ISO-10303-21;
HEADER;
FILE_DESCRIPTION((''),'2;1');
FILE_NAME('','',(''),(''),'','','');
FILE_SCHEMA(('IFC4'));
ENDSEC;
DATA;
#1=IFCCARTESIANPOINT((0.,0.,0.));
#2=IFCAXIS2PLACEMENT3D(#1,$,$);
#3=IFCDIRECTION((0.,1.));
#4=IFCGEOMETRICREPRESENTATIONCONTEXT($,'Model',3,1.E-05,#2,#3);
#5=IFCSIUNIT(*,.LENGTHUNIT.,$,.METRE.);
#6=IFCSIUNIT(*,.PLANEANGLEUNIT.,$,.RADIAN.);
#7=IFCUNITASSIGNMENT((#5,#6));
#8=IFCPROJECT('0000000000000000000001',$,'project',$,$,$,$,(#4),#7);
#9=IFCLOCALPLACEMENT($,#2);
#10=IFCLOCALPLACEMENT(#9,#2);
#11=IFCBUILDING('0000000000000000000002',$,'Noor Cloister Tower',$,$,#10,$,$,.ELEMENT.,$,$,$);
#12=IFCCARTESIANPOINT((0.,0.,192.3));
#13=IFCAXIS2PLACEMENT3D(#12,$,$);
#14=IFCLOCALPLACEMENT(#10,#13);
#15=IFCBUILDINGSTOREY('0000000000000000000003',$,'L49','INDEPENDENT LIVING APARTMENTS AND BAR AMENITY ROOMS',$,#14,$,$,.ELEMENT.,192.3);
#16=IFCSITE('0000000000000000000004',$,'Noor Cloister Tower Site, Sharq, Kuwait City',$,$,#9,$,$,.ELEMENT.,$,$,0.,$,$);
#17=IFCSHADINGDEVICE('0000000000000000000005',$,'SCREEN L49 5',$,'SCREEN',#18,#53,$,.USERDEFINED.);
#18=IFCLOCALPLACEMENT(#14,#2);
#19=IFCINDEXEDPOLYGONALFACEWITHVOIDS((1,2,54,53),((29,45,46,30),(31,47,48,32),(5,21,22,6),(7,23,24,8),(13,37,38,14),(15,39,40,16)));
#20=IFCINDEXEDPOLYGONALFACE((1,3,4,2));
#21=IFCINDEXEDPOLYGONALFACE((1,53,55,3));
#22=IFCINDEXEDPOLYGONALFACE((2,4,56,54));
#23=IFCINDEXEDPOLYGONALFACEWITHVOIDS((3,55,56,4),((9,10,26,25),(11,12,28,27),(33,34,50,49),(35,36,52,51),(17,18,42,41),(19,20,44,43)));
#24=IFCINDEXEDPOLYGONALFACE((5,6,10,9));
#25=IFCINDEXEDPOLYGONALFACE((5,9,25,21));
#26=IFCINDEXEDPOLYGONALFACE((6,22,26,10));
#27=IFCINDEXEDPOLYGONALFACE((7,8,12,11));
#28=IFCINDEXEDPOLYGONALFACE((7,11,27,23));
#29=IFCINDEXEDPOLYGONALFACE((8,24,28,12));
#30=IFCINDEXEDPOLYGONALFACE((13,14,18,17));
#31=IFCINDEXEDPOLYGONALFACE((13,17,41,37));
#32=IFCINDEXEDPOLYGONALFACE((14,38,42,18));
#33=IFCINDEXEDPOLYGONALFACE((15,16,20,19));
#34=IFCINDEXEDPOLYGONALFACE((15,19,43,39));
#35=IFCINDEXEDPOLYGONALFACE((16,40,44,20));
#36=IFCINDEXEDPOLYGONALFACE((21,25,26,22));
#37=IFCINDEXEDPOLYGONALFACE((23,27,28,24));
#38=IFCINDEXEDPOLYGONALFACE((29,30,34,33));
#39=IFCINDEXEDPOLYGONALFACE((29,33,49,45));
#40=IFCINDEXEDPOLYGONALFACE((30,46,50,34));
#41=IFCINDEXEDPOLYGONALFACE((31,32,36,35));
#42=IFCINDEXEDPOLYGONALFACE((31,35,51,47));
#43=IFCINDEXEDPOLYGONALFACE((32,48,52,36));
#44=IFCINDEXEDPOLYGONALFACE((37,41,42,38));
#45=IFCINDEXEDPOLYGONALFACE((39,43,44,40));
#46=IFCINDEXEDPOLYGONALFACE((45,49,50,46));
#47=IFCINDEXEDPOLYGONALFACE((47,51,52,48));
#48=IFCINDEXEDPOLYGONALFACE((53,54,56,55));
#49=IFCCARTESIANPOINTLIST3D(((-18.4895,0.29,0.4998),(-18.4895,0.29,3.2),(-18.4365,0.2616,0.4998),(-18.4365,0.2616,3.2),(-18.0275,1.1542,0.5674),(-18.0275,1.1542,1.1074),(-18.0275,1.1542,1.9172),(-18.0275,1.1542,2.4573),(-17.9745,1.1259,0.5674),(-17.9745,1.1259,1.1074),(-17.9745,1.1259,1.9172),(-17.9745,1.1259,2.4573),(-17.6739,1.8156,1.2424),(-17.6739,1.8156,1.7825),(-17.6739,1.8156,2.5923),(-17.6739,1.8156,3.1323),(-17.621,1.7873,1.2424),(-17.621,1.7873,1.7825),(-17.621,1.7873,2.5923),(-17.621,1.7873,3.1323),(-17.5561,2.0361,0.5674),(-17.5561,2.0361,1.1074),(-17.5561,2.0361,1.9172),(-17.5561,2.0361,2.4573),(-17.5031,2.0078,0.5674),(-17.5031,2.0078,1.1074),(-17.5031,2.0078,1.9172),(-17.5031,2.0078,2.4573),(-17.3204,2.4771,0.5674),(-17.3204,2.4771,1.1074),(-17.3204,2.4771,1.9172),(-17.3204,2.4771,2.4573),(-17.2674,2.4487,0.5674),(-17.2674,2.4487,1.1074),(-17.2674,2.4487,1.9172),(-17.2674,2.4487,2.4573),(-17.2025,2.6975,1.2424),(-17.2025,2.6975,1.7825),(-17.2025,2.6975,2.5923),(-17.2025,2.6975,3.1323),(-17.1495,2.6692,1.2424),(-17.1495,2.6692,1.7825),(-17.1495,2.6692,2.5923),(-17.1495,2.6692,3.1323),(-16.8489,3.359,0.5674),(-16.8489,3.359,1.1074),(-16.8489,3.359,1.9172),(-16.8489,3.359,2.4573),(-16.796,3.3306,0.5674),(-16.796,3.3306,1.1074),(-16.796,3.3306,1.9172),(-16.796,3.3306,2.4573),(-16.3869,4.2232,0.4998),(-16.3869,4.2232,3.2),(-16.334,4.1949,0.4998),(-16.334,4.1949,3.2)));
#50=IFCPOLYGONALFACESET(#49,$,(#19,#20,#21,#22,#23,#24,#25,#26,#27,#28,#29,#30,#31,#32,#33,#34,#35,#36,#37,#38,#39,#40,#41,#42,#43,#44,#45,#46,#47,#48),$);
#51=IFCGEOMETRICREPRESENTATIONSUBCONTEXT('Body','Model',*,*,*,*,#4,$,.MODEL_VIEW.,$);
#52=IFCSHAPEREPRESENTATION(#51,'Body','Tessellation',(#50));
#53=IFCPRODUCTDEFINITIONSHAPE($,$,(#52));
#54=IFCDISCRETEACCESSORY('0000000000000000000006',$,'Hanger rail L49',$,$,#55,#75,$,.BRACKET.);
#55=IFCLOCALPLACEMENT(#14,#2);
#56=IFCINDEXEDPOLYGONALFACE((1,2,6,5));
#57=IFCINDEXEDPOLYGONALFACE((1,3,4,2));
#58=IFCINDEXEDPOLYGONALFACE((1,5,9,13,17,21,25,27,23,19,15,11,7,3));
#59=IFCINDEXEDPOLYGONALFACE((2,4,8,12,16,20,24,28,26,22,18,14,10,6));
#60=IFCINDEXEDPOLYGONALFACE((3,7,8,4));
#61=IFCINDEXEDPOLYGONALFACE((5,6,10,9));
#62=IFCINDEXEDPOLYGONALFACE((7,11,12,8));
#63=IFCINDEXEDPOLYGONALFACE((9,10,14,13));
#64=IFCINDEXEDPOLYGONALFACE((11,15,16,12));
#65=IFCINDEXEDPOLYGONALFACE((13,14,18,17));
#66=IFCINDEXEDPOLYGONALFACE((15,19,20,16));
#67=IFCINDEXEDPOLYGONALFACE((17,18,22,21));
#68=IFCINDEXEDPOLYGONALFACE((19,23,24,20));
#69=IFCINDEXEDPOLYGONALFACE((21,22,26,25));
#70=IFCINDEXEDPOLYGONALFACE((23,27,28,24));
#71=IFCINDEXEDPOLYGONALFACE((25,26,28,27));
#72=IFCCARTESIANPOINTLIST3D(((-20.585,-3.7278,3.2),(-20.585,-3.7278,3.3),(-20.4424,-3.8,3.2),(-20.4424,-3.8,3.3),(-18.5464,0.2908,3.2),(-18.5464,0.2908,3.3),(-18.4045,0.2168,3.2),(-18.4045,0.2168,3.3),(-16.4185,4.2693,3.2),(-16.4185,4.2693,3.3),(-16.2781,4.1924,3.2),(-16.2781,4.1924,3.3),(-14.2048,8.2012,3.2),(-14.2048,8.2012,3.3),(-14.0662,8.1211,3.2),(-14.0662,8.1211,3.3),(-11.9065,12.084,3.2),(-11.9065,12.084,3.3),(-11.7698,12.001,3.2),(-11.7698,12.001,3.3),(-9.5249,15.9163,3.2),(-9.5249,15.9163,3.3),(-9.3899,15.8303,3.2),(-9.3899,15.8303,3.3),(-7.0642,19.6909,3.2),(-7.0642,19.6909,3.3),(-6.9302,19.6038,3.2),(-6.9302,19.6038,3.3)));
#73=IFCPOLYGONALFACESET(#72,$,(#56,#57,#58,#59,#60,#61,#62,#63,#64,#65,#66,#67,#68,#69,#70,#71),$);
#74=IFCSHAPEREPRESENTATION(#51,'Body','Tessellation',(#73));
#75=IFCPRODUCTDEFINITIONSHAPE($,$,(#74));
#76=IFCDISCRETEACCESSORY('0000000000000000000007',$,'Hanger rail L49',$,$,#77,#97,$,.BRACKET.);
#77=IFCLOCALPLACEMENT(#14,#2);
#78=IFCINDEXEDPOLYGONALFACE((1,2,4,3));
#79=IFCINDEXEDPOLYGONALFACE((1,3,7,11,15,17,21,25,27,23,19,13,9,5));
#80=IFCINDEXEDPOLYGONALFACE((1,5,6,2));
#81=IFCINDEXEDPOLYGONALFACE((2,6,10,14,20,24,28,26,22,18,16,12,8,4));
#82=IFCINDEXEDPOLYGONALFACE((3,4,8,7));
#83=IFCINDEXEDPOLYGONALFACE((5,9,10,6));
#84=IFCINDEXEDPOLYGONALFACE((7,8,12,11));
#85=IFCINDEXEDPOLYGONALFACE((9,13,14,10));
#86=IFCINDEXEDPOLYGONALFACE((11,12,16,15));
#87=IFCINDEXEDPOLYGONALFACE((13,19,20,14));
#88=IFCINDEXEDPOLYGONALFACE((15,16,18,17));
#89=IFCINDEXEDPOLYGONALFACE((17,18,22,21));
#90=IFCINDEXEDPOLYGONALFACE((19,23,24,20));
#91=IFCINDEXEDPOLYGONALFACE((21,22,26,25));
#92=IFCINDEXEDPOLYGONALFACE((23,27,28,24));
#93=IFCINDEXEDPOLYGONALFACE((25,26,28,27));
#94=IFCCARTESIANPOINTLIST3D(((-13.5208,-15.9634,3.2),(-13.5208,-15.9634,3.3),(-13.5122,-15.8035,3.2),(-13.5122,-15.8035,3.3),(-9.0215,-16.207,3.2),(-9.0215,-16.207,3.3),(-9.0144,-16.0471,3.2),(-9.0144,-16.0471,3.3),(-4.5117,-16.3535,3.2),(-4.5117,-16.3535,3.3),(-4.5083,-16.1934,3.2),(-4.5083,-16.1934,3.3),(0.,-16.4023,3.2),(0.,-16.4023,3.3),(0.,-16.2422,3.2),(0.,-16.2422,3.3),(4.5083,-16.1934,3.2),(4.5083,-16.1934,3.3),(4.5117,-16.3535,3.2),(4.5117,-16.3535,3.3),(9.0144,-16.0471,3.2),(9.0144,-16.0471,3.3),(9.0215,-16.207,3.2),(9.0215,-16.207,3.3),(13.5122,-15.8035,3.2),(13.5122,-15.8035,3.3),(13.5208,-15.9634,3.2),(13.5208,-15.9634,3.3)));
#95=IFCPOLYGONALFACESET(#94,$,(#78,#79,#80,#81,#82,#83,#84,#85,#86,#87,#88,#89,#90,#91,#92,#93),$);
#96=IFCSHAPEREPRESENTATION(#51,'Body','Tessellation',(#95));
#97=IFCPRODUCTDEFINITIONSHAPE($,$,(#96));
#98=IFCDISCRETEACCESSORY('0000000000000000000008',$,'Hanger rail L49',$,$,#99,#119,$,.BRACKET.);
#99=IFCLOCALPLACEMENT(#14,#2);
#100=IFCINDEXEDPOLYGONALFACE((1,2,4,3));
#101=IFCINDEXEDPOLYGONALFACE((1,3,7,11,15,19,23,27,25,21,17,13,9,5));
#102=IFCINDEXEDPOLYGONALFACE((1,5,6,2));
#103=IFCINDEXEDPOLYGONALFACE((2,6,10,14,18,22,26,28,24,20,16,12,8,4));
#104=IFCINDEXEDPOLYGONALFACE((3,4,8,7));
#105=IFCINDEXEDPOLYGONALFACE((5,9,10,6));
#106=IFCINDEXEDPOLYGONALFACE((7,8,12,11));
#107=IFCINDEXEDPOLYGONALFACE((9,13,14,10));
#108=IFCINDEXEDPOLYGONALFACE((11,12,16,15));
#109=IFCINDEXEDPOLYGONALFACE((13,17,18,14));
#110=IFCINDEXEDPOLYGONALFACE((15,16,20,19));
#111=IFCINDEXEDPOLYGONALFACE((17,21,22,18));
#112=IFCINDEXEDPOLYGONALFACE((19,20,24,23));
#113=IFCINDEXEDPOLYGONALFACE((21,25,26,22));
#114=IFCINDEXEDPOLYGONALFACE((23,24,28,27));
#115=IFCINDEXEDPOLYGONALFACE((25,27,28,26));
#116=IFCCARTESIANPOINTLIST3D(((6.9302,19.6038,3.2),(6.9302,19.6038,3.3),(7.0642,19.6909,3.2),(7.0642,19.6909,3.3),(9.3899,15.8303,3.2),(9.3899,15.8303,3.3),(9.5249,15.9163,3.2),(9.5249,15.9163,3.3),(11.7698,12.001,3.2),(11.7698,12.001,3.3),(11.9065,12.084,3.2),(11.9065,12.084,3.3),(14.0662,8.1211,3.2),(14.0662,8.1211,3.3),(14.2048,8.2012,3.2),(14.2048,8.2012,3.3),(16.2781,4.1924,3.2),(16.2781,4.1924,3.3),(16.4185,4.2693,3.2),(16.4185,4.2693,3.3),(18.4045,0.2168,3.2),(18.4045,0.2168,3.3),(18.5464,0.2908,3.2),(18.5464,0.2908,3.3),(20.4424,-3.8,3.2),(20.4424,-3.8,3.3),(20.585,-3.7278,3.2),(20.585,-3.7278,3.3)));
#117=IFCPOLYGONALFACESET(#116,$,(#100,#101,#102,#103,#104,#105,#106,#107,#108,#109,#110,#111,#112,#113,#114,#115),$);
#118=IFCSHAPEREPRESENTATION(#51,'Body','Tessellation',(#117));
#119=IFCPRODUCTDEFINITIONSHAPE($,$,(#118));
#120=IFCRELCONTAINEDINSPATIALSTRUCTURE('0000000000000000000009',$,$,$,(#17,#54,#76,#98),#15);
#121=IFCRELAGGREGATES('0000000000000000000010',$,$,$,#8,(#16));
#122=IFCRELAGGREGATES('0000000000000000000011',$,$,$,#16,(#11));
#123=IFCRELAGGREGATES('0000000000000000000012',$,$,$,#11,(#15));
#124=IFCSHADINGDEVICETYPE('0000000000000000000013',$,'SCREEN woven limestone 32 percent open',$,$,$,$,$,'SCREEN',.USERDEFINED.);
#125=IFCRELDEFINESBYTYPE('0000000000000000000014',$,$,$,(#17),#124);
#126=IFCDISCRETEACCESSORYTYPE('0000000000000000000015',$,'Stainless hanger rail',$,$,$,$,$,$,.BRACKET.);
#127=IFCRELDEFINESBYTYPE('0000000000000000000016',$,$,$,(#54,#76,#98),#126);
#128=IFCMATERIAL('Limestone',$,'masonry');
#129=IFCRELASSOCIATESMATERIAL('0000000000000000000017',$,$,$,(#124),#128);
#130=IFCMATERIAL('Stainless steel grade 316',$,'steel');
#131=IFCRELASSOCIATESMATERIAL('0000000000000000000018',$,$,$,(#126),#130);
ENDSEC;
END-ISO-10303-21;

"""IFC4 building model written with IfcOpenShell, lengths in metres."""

from ifc_helpers import new_model, si_unit, direction, frame, origin, place, context, subcontext, project, spatial, polyline, outline, extrude, material, material_profile, profile_set, type_object, element, save


model = new_model("IFC4")

# Units and contexts
model_context = context("Model", 3, precision=1e-05, world=origin(), true_north=direction((0.0, 1.0)))
body_context = subcontext(model_context, "Body", "Model", "MODEL_VIEW")
ifc_project = project(units=[si_unit("LENGTHUNIT", "METRE"), si_unit("PLANEANGLEUNIT", "RADIAN")], contexts=[model_context])

# Site, building, storey
site_placement = place(None, origin())
site = spatial("IfcSite", under=ifc_project, at=site_placement, Name="Noor Cloister Tower Site, Sharq, Kuwait City", CompositionType="ELEMENT", RefElevation=0.0)
building_placement = place(site_placement, origin())
building = spatial("IfcBuilding", under=site, at=building_placement, Name="Noor Cloister Tower", CompositionType="ELEMENT")
storey_placement = place(building_placement, frame((0.0, 0.0, 192.3)))
storey = spatial("IfcBuildingStorey", under=building, at=storey_placement, Name="L49", Description="INDEPENDENT LIVING APARTMENTS AND BAR AMENITY ROOMS", CompositionType="ELEMENT", Elevation=192.3)

# Shading device
ifc_material_1 = material(Name="Limestone", Category="masonry")
ifc_material_profile_1 = material_profile(ifc_material_1, outline(polyline([(-2.23, -1.3501), (2.23, -1.3501), (2.23, 1.3501), (-2.23, 1.3501), (-2.23, -1.3501)]), holes=[polyline([(-1.25, -1.2825), (-0.25, -1.2825), (-0.25, -0.7424), (-1.25, -0.7424), (-1.25, -1.2825)]), polyline([(0.25, -1.2825), (1.25, -1.2825), (1.25, -0.7424), (0.25, -0.7424), (0.25, -1.2825)]), polyline([(-0.5, -0.6074), (0.5, -0.6074), (0.5, -0.0674), (-0.5, -0.0674), (-0.5, -0.6074)]), polyline([(-1.25, 0.0674), (-0.25, 0.0674), (-0.25, 0.6074), (-1.25, 0.6074), (-1.25, 0.0674)]), polyline([(0.25, 0.0674), (1.25, 0.0674), (1.25, 0.6074), (0.25, 0.6074), (0.25, 0.0674)]), polyline([(-0.5, 0.7424), (0.5, 0.7424), (0.5, 1.2825), (-0.5, 1.2825), (-0.5, 0.7424)])]), Name="Woven screen 32 percent open")
ifc_profile_set_1 = profile_set([ifc_material_profile_1], Name="Limestone")
shading_device_type = type_object("IfcShadingDeviceType", Name="SCREEN woven limestone 32 percent open", ElementType="SCREEN", PredefinedType="USERDEFINED", material=ifc_profile_set_1)
for number, where, z_axis, x_axis, name in (
    (1, (-17.3853, 2.2283, 1.8499), (-0.881903, 0.471432, 0.0), (-0.471432, -0.881903, 0.0), "SCREEN L49 5"),
):
    element("IfcShadingDevice", number, at=place(storey_placement, frame(where, z_axis=z_axis, x_axis=x_axis)), inside=storey, type_object=shading_device_type, Name=name, ObjectType="SCREEN", PredefinedType="USERDEFINED", context=body_context, shape_type="SweptSolid", body=[
        extrude(outline(polyline([(-2.23, -1.3501), (2.23, -1.3501), (2.23, 1.3501), (-2.23, 1.3501), (-2.23, -1.3501)]), holes=[polyline([(-1.25, -1.2825), (-0.25, -1.2825), (-0.25, -0.7424), (-1.25, -0.7424), (-1.25, -1.2825)]), polyline([(0.25, -1.2825), (1.25, -1.2825), (1.25, -0.7424), (0.25, -0.7424), (0.25, -1.2825)]), polyline([(-0.5, -0.6074), (0.5, -0.6074), (0.5, -0.0674), (-0.5, -0.0674), (-0.5, -0.6074)]), polyline([(-1.25, 0.0674), (-0.25, 0.0674), (-0.25, 0.6074), (-1.25, 0.6074), (-1.25, 0.0674)]), polyline([(0.25, 0.0674), (1.25, 0.0674), (1.25, 0.6074), (0.25, 0.6074), (0.25, 0.0674)]), polyline([(-0.5, 0.7424), (0.5, 0.7424), (0.5, 1.2825), (-0.5, 1.2825), (-0.5, 0.7424)])]), origin(), (0.0, 0.0, 1.0), 0.0601),
    ])

# Discrete accessories
ifc_material_2 = material(Name="Stainless steel grade 316", Category="steel")
discrete_accessory_type = type_object("IfcDiscreteAccessoryType", Name="Stainless hanger rail", PredefinedType="BRACKET", material=ifc_material_2)
discrete_accessory_1_placement = place(storey_placement, frame((0.0, 0.0, 3.2)))
element("IfcDiscreteAccessory", 2, at=discrete_accessory_1_placement, inside=storey, type_object=discrete_accessory_type, Name="Hanger rail L49", PredefinedType="BRACKET", context=body_context, shape_type="SweptSolid", body=[
    extrude(outline(polyline([(-7.0642, 19.6909), (-9.5249, 15.9163), (-11.9065, 12.084), (-14.2048, 8.2012), (-16.4185, 4.2693), (-18.5464, 0.2908), (-20.585, -3.7278), (-20.4424, -3.8), (-18.4045, 0.2168), (-16.2781, 4.1924), (-14.0662, 8.1211), (-11.7698, 12.001), (-9.3899, 15.8303), (-6.9302, 19.6038), (-7.0642, 19.6909)])), origin(), (0.0, 0.0, 1.0), 0.1001),
])
discrete_accessory_2_placement = place(storey_placement, frame((0.0, 0.0, 3.2)))
element("IfcDiscreteAccessory", 3, at=discrete_accessory_2_placement, inside=storey, type_object=discrete_accessory_type, Name="Hanger rail L49", PredefinedType="BRACKET", context=body_context, shape_type="SweptSolid", body=[
    extrude(outline(polyline([(-13.5208, -15.9634), (-9.0215, -16.207), (-4.5117, -16.3535), (0.0, -16.4023), (4.5117, -16.3535), (9.0215, -16.207), (13.5208, -15.9634), (13.5122, -15.8035), (9.0144, -16.0471), (4.5083, -16.1934), (0.0, -16.2422), (-4.5083, -16.1934), (-9.0144, -16.0471), (-13.5122, -15.8035), (-13.5208, -15.9634)])), origin(), (0.0, 0.0, 1.0), 0.1001),
])
discrete_accessory_3_placement = place(storey_placement, frame((0.0, 0.0, 3.2)))
element("IfcDiscreteAccessory", 4, at=discrete_accessory_3_placement, inside=storey, type_object=discrete_accessory_type, Name="Hanger rail L49", PredefinedType="BRACKET", context=body_context, shape_type="SweptSolid", body=[
    extrude(outline(polyline([(20.585, -3.7278), (18.5464, 0.2908), (16.4185, 4.2693), (14.2048, 8.2012), (11.9065, 12.084), (9.5249, 15.9163), (7.0642, 19.6909), (6.9302, 19.6038), (9.3899, 15.8303), (11.7698, 12.001), (14.0662, 8.1211), (16.2781, 4.1924), (18.4045, 0.2168), (20.4424, -3.8), (20.585, -3.7278)])), origin(), (0.0, 0.0, 1.0), 0.1001),
])

save(model, "model.ifc")
